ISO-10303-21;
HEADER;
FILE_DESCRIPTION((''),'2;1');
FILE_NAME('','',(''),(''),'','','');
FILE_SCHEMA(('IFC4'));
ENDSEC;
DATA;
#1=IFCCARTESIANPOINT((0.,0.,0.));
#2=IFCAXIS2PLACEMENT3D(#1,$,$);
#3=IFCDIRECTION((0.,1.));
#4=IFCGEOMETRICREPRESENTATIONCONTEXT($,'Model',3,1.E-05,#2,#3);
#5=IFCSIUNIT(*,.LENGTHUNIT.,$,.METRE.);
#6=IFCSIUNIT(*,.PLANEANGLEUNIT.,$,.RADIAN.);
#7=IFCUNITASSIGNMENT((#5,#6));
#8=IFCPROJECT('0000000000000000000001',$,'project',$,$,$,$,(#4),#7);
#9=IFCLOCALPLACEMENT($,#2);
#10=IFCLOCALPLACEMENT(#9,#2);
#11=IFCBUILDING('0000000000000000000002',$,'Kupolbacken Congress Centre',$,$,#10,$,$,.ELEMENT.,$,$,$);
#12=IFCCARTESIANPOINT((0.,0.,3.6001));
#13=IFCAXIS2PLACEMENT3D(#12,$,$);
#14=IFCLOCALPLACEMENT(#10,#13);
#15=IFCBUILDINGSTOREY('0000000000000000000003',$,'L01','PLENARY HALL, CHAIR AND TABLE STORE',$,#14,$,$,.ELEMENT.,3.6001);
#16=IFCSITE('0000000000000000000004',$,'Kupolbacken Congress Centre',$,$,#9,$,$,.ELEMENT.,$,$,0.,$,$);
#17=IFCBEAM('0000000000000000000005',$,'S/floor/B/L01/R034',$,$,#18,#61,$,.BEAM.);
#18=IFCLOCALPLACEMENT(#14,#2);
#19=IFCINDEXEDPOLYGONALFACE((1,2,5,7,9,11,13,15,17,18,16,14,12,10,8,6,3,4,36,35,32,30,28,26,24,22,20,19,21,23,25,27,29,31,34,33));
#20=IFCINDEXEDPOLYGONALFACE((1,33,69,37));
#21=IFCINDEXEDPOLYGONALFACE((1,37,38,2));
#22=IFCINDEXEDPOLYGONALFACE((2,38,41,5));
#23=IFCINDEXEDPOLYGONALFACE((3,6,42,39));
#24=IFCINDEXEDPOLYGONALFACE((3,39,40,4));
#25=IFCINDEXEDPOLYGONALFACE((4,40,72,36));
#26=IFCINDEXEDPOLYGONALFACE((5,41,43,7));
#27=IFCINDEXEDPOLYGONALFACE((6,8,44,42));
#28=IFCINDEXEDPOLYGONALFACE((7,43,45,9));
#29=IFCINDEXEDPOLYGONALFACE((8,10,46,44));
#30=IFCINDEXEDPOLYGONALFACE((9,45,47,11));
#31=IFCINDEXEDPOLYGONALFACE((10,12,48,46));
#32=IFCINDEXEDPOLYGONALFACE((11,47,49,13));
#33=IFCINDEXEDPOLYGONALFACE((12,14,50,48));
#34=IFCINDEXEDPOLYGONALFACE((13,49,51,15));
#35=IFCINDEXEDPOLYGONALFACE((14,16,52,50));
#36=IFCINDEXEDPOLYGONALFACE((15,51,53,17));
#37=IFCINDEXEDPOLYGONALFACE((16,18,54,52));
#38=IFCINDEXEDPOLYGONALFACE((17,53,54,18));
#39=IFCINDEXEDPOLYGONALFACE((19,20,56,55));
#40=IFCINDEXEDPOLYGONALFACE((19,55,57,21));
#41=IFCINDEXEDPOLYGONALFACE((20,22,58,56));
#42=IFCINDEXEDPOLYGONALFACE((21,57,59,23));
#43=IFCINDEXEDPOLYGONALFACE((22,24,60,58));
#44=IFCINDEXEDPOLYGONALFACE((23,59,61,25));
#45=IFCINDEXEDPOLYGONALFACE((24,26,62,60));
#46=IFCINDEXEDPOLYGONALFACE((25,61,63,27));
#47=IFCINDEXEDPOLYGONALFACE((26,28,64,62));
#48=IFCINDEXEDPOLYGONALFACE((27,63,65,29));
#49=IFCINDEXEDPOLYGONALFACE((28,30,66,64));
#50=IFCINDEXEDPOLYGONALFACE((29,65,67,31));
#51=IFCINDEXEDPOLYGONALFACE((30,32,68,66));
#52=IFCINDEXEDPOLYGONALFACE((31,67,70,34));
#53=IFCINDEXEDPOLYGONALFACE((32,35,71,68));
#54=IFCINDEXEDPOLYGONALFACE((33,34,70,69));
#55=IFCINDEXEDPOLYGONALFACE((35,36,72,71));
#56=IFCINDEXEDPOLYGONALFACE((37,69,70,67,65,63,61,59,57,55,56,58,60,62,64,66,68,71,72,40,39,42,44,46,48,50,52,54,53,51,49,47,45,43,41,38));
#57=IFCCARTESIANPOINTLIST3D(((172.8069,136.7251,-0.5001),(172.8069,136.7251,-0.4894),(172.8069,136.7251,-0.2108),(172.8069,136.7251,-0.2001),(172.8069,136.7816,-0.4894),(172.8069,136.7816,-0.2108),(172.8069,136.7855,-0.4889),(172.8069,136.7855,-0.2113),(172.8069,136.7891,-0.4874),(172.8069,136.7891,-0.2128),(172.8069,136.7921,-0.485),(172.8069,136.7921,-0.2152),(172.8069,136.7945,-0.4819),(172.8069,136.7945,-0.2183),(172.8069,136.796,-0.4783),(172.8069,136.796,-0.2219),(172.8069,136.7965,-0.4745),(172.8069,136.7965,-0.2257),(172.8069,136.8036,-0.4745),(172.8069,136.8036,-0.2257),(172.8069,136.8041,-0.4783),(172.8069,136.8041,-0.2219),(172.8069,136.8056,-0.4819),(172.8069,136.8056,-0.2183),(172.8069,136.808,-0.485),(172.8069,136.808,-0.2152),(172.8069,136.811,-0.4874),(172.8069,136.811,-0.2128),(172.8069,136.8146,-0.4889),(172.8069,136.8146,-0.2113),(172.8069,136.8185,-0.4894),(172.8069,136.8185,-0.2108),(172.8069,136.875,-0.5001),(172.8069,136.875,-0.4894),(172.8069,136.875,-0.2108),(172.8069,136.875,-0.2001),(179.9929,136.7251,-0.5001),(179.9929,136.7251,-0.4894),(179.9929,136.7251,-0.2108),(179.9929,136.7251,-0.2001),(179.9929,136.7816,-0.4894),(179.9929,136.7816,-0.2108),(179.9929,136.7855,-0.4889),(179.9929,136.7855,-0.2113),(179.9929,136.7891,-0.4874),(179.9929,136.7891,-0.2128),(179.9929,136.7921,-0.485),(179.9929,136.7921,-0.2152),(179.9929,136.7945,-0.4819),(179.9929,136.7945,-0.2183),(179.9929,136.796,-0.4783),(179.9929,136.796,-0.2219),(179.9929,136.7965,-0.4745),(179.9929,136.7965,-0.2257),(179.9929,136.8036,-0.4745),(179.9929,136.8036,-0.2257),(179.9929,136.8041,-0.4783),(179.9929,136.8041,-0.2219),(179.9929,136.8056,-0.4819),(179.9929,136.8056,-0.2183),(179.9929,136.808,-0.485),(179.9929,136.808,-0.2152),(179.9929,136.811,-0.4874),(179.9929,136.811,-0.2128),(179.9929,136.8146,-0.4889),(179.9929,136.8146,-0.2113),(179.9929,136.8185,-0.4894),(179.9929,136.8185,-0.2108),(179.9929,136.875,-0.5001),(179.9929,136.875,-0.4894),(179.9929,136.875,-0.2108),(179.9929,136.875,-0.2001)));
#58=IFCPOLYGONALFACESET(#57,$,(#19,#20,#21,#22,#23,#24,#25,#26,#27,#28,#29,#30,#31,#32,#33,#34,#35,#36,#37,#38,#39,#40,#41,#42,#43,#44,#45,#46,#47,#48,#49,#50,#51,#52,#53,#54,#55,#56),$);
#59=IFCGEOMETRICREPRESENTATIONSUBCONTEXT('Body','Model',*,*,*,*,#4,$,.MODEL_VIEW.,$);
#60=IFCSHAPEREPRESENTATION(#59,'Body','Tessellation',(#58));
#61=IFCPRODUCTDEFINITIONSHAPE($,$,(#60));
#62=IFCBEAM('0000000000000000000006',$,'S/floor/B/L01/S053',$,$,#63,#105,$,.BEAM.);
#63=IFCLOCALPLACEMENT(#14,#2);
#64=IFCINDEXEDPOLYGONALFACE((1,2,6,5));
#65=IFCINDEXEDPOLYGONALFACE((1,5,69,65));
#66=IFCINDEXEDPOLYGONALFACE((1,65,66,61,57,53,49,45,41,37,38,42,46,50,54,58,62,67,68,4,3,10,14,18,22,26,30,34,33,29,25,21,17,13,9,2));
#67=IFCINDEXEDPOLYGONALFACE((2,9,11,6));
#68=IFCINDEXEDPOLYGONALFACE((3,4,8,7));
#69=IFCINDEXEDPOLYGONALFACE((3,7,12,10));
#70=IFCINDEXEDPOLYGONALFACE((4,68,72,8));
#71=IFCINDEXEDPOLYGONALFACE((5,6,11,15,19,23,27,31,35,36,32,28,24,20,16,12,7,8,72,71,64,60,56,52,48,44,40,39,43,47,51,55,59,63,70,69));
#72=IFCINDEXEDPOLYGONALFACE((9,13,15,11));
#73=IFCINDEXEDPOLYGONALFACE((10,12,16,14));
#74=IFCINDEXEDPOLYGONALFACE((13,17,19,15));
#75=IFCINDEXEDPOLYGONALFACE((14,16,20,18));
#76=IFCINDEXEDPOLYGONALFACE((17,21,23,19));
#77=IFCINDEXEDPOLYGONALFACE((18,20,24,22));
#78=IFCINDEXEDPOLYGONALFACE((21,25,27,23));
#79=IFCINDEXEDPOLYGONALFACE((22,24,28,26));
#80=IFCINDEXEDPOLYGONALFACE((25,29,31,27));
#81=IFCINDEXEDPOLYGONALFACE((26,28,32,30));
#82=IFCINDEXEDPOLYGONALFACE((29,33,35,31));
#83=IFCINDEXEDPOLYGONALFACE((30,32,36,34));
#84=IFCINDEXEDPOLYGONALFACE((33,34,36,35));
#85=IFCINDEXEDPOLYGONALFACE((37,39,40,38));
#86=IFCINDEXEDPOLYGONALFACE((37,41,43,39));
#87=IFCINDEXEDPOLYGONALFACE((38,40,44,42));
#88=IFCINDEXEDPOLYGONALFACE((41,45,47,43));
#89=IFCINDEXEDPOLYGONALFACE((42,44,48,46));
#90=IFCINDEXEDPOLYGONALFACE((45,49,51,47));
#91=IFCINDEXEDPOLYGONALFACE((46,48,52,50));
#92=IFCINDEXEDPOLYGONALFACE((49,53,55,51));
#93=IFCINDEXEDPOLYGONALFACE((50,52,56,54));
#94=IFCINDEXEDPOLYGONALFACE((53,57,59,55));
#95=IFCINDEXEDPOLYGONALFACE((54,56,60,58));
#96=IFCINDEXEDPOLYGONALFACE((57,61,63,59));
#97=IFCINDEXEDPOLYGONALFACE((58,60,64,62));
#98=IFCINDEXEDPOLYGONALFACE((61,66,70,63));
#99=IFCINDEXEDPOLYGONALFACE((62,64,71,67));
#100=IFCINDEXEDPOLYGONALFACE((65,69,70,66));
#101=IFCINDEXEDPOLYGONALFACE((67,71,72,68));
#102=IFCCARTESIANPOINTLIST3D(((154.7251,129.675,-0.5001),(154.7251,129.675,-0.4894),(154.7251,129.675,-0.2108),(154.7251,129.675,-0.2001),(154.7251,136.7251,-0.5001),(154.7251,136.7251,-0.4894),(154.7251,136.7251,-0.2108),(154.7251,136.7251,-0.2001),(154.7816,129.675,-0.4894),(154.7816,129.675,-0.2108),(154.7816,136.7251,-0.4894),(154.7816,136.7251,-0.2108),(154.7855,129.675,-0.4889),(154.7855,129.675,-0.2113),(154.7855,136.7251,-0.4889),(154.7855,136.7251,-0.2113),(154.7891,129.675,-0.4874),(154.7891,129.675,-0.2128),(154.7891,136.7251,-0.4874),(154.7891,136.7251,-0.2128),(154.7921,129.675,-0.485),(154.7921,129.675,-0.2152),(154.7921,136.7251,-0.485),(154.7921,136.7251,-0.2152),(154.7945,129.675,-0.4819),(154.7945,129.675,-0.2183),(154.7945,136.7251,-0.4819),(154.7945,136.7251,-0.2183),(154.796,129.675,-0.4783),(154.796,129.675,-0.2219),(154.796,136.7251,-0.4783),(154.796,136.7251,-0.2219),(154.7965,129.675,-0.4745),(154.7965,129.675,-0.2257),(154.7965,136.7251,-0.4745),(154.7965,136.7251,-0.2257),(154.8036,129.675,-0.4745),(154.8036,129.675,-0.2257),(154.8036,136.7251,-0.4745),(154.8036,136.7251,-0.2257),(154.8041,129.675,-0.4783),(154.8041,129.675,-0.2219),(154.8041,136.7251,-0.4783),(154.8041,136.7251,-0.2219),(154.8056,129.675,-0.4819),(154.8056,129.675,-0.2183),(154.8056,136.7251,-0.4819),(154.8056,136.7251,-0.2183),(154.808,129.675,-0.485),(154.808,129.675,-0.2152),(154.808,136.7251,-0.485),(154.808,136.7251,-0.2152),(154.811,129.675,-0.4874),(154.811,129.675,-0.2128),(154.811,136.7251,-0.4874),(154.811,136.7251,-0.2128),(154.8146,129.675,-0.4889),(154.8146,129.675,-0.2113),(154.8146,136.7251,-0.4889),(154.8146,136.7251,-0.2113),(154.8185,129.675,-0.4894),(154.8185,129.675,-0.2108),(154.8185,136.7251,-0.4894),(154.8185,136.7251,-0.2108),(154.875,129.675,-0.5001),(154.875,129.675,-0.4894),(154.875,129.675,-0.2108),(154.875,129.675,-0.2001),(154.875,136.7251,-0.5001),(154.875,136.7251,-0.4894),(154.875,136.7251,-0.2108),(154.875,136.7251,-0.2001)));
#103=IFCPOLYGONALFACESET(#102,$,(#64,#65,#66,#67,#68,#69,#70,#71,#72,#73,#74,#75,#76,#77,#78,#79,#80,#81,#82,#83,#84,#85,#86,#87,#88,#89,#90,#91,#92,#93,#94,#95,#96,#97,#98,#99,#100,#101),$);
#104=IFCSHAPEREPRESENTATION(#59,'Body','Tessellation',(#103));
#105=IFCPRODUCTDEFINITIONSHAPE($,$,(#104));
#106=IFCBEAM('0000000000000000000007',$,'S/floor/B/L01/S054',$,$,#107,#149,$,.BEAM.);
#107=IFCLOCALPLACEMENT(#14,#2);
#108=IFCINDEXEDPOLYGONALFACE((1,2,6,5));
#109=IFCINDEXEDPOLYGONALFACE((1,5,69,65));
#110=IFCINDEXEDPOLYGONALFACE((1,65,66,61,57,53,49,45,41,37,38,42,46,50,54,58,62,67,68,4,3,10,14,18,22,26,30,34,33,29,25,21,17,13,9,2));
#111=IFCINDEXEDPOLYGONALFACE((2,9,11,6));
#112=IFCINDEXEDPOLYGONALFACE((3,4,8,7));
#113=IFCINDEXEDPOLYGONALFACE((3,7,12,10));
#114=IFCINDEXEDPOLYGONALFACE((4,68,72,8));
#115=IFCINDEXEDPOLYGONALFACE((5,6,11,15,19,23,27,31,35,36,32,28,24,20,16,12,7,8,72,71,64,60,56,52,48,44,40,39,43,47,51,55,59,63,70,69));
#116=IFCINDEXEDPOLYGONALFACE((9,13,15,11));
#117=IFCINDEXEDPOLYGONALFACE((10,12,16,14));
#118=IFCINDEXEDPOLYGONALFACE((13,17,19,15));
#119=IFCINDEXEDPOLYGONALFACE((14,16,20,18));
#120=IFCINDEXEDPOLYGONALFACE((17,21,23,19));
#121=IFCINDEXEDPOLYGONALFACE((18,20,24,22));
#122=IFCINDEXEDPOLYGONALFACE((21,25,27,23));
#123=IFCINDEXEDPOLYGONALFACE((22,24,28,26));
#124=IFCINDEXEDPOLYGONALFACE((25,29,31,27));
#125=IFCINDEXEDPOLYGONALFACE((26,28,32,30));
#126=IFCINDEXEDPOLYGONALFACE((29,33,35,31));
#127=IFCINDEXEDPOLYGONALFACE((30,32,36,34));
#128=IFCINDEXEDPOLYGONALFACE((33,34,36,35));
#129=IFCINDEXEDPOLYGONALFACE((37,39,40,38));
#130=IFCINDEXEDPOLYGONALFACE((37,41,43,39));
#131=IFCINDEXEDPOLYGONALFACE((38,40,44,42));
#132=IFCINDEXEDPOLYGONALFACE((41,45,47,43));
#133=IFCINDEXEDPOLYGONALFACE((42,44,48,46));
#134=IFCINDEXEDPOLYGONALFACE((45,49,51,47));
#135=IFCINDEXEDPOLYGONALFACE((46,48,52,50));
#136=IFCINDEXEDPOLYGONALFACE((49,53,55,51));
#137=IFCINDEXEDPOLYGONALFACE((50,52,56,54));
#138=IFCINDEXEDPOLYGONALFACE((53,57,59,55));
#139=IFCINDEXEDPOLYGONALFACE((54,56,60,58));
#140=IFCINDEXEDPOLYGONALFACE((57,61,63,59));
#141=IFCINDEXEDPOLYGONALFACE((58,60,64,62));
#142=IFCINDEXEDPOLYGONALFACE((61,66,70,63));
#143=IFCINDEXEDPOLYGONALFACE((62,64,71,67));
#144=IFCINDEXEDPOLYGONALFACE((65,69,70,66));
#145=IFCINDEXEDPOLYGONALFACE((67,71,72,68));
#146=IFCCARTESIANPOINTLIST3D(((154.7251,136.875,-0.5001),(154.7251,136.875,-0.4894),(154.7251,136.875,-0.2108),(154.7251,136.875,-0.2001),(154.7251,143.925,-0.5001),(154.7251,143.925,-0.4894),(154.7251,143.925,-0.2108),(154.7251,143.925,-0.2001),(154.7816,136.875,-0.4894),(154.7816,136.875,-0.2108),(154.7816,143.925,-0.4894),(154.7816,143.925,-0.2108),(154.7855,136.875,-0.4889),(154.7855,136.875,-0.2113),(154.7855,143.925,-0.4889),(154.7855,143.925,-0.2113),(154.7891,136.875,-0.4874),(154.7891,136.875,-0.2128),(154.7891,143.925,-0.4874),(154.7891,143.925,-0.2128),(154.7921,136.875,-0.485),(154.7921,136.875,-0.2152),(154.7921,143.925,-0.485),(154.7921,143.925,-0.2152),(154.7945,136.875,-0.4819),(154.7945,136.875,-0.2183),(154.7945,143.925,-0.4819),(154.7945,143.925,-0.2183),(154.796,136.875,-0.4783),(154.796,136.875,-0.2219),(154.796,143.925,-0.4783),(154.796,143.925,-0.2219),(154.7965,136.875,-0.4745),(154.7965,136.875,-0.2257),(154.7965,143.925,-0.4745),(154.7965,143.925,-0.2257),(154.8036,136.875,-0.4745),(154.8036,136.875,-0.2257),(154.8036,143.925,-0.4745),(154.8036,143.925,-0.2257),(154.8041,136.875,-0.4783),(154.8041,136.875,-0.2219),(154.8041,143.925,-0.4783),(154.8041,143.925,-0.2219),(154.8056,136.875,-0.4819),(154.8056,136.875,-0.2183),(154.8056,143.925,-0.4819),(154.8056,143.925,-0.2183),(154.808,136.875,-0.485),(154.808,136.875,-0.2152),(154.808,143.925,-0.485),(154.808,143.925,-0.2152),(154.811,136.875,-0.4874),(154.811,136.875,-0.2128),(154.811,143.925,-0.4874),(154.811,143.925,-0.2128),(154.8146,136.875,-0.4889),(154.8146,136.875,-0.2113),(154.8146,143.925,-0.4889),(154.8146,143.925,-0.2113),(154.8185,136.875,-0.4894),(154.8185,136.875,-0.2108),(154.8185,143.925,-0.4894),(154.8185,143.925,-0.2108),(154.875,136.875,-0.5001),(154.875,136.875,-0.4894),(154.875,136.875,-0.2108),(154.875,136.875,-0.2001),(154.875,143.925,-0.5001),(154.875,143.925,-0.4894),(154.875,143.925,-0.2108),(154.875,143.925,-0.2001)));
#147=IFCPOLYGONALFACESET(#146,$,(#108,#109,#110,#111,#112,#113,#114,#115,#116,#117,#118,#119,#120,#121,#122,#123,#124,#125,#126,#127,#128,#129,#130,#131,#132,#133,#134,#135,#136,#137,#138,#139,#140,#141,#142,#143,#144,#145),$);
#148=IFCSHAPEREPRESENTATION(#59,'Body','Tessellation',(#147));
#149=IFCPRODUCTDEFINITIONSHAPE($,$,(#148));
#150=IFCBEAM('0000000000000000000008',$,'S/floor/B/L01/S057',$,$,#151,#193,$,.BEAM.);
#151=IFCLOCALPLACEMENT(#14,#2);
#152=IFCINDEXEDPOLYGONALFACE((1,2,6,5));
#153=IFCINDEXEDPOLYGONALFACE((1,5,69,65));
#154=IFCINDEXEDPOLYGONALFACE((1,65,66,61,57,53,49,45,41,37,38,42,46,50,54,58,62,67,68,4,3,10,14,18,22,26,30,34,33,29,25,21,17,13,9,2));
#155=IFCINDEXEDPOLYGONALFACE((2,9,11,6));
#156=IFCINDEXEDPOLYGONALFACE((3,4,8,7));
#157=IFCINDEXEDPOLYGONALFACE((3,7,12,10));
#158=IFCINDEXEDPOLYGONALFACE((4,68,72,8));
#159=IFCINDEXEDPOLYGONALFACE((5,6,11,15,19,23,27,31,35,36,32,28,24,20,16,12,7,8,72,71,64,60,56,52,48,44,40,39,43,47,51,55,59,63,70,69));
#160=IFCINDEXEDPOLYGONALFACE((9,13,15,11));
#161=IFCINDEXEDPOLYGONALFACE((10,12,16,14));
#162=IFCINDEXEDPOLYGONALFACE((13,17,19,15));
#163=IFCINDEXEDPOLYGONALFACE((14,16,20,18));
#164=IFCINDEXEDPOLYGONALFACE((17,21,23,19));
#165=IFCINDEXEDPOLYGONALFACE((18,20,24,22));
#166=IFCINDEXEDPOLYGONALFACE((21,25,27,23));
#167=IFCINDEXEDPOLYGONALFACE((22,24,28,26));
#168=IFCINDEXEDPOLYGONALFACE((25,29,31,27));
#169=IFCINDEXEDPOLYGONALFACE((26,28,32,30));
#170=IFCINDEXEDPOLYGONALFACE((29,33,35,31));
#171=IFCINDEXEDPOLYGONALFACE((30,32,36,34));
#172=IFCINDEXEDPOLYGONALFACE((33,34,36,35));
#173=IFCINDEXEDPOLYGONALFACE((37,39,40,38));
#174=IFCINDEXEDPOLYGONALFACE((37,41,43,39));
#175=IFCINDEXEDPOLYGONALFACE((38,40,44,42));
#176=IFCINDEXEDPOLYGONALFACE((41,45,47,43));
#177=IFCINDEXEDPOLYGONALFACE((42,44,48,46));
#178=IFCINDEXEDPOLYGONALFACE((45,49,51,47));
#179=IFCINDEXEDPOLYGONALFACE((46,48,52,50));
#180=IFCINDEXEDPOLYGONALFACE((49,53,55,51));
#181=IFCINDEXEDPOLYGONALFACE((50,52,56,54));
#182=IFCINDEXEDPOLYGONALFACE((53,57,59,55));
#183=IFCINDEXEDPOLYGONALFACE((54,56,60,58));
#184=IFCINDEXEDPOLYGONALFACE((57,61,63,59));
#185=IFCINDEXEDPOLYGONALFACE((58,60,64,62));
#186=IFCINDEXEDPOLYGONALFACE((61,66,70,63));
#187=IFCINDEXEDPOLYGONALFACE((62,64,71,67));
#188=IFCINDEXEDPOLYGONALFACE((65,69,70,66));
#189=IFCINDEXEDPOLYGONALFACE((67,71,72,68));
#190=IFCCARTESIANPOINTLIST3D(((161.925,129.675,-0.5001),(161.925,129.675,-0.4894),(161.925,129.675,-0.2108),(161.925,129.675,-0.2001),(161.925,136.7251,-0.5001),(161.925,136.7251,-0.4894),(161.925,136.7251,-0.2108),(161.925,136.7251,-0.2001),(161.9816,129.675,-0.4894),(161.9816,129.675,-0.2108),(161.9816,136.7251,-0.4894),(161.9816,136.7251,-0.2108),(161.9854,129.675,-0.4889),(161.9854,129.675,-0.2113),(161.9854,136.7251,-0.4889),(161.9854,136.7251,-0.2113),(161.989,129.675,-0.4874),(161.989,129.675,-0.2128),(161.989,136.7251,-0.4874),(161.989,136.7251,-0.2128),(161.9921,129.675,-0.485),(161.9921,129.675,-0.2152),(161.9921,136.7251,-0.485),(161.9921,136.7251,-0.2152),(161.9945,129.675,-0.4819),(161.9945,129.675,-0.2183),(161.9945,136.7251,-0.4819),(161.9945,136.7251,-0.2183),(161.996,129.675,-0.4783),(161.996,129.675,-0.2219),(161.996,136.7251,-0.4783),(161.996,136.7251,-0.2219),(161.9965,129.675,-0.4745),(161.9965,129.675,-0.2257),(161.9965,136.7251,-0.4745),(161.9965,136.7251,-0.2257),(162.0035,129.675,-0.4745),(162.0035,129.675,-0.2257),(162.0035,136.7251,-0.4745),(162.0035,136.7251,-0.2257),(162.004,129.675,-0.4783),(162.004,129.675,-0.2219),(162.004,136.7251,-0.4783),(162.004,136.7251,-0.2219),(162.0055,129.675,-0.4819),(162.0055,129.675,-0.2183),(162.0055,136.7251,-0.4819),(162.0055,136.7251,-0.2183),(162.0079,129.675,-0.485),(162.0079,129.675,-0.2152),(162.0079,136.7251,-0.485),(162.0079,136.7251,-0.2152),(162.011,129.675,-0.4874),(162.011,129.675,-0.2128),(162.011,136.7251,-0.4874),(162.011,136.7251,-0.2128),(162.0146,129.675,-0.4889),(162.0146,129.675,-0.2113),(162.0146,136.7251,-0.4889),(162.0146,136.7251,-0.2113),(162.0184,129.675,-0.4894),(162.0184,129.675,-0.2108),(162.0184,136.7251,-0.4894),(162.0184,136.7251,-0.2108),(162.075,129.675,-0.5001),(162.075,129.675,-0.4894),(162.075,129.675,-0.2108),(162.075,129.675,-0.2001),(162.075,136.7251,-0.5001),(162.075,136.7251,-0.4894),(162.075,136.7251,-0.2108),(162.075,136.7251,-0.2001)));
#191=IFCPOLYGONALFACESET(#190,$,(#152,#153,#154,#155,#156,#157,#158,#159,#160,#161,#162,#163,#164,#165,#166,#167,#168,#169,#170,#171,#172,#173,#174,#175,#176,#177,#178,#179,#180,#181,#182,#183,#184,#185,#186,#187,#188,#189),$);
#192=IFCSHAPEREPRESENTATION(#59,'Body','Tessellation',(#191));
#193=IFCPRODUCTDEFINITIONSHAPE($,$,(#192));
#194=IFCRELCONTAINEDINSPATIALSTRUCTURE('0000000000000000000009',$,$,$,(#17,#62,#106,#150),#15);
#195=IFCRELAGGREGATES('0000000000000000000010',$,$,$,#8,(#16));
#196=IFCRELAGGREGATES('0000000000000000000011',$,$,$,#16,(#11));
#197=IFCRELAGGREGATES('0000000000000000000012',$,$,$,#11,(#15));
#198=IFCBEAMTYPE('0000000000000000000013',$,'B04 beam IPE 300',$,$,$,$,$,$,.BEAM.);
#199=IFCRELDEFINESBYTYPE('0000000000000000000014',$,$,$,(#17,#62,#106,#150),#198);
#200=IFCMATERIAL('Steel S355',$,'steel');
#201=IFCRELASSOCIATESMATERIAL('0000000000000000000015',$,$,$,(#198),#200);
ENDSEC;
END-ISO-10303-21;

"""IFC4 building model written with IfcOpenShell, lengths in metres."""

from ifc_helpers import new_model, si_unit, direction, frame, origin, origin_2d, place, context, subcontext, project, spatial, i_section, extrude, material, material_profile, profile_set, type_object, element, save


model = new_model("IFC4")

# Units and contexts
model_context = context("Model", 3, precision=1e-05, world=origin(), true_north=direction((0.0, 1.0)))
body_context = subcontext(model_context, "Body", "Model", "MODEL_VIEW")
ifc_project = project(units=[si_unit("LENGTHUNIT", "METRE"), si_unit("PLANEANGLEUNIT", "RADIAN")], contexts=[model_context])

# Site, building, storey
site_placement = place(None, origin())
site = spatial("IfcSite", under=ifc_project, at=site_placement, Name="Kupolbacken Congress Centre", CompositionType="ELEMENT", RefElevation=0.0)
building_placement = place(site_placement, origin())
building = spatial("IfcBuilding", under=site, at=building_placement, Name="Kupolbacken Congress Centre", CompositionType="ELEMENT")
storey_placement = place(building_placement, frame((0.0, 0.0, 3.6001)))
storey = spatial("IfcBuildingStorey", under=building, at=storey_placement, Name="L01", Description="PLENARY HALL, CHAIR AND TABLE STORE", CompositionType="ELEMENT", Elevation=3.6001)

# Beams
ifc_material_1 = material(Name="Steel S355", Category="steel")
ifc_material_profile_1 = material_profile(ifc_material_1, i_section(OverallWidth=0.1499, OverallDepth=0.3, WebThickness=0.0071, FlangeThickness=0.0107, FilletRadius=0.0149, at=origin_2d()), Name="IPE 300")
ifc_profile_set_1 = profile_set([ifc_material_profile_1], Name="Steel S355")
beam_type_1 = type_object("IfcBeamType", Name="B04 beam IPE 300", PredefinedType="BEAM", material=ifc_profile_set_1)
for number, where, z_axis, x_axis, name in (
    (1, (172.8069, 136.8, -0.3501), (1.0, 0.0, 0.0), (0.0, 1.0, 0.0), "S/floor/B/L01/R034"),
):
    element("IfcBeam", number, at=place(storey_placement, frame(where, z_axis=z_axis, x_axis=x_axis)), inside=storey, type_object=beam_type_1, Name=name, PredefinedType="BEAM", context=body_context, shape_type="SweptSolid", body=[
        extrude(i_section(OverallWidth=0.1499, OverallDepth=0.3, WebThickness=0.0071, FlangeThickness=0.0107, FilletRadius=0.0149, at=origin_2d()), origin(), (0.0, 0.0, 1.0), 7.186),
    ])
for number, where, z_axis, x_axis, name in (
    (2, (154.8, 129.675, -0.3501), (0.0, 1.0, 0.0), (-1.0, 0.0, 0.0), "S/floor/B/L01/S053"),
    (3, (154.8, 136.875, -0.3501), (0.0, 1.0, 0.0), (-1.0, 0.0, 0.0), "S/floor/B/L01/S054"),
    (4, (162.0, 129.675, -0.3501), (0.0, 1.0, 0.0), (-1.0, 0.0, 0.0), "S/floor/B/L01/S057"),
):
    element("IfcBeam", number, at=place(storey_placement, frame(where, z_axis=z_axis, x_axis=x_axis)), inside=storey, type_object=beam_type_1, Name=name, PredefinedType="BEAM", context=body_context, shape_type="SweptSolid", body=[
        extrude(i_section(OverallWidth=0.1499, OverallDepth=0.3, WebThickness=0.0071, FlangeThickness=0.0107, FilletRadius=0.0149, at=origin_2d()), origin(), (0.0, 0.0, 1.0), 7.05),
    ])

save(model, "model.ifc")
